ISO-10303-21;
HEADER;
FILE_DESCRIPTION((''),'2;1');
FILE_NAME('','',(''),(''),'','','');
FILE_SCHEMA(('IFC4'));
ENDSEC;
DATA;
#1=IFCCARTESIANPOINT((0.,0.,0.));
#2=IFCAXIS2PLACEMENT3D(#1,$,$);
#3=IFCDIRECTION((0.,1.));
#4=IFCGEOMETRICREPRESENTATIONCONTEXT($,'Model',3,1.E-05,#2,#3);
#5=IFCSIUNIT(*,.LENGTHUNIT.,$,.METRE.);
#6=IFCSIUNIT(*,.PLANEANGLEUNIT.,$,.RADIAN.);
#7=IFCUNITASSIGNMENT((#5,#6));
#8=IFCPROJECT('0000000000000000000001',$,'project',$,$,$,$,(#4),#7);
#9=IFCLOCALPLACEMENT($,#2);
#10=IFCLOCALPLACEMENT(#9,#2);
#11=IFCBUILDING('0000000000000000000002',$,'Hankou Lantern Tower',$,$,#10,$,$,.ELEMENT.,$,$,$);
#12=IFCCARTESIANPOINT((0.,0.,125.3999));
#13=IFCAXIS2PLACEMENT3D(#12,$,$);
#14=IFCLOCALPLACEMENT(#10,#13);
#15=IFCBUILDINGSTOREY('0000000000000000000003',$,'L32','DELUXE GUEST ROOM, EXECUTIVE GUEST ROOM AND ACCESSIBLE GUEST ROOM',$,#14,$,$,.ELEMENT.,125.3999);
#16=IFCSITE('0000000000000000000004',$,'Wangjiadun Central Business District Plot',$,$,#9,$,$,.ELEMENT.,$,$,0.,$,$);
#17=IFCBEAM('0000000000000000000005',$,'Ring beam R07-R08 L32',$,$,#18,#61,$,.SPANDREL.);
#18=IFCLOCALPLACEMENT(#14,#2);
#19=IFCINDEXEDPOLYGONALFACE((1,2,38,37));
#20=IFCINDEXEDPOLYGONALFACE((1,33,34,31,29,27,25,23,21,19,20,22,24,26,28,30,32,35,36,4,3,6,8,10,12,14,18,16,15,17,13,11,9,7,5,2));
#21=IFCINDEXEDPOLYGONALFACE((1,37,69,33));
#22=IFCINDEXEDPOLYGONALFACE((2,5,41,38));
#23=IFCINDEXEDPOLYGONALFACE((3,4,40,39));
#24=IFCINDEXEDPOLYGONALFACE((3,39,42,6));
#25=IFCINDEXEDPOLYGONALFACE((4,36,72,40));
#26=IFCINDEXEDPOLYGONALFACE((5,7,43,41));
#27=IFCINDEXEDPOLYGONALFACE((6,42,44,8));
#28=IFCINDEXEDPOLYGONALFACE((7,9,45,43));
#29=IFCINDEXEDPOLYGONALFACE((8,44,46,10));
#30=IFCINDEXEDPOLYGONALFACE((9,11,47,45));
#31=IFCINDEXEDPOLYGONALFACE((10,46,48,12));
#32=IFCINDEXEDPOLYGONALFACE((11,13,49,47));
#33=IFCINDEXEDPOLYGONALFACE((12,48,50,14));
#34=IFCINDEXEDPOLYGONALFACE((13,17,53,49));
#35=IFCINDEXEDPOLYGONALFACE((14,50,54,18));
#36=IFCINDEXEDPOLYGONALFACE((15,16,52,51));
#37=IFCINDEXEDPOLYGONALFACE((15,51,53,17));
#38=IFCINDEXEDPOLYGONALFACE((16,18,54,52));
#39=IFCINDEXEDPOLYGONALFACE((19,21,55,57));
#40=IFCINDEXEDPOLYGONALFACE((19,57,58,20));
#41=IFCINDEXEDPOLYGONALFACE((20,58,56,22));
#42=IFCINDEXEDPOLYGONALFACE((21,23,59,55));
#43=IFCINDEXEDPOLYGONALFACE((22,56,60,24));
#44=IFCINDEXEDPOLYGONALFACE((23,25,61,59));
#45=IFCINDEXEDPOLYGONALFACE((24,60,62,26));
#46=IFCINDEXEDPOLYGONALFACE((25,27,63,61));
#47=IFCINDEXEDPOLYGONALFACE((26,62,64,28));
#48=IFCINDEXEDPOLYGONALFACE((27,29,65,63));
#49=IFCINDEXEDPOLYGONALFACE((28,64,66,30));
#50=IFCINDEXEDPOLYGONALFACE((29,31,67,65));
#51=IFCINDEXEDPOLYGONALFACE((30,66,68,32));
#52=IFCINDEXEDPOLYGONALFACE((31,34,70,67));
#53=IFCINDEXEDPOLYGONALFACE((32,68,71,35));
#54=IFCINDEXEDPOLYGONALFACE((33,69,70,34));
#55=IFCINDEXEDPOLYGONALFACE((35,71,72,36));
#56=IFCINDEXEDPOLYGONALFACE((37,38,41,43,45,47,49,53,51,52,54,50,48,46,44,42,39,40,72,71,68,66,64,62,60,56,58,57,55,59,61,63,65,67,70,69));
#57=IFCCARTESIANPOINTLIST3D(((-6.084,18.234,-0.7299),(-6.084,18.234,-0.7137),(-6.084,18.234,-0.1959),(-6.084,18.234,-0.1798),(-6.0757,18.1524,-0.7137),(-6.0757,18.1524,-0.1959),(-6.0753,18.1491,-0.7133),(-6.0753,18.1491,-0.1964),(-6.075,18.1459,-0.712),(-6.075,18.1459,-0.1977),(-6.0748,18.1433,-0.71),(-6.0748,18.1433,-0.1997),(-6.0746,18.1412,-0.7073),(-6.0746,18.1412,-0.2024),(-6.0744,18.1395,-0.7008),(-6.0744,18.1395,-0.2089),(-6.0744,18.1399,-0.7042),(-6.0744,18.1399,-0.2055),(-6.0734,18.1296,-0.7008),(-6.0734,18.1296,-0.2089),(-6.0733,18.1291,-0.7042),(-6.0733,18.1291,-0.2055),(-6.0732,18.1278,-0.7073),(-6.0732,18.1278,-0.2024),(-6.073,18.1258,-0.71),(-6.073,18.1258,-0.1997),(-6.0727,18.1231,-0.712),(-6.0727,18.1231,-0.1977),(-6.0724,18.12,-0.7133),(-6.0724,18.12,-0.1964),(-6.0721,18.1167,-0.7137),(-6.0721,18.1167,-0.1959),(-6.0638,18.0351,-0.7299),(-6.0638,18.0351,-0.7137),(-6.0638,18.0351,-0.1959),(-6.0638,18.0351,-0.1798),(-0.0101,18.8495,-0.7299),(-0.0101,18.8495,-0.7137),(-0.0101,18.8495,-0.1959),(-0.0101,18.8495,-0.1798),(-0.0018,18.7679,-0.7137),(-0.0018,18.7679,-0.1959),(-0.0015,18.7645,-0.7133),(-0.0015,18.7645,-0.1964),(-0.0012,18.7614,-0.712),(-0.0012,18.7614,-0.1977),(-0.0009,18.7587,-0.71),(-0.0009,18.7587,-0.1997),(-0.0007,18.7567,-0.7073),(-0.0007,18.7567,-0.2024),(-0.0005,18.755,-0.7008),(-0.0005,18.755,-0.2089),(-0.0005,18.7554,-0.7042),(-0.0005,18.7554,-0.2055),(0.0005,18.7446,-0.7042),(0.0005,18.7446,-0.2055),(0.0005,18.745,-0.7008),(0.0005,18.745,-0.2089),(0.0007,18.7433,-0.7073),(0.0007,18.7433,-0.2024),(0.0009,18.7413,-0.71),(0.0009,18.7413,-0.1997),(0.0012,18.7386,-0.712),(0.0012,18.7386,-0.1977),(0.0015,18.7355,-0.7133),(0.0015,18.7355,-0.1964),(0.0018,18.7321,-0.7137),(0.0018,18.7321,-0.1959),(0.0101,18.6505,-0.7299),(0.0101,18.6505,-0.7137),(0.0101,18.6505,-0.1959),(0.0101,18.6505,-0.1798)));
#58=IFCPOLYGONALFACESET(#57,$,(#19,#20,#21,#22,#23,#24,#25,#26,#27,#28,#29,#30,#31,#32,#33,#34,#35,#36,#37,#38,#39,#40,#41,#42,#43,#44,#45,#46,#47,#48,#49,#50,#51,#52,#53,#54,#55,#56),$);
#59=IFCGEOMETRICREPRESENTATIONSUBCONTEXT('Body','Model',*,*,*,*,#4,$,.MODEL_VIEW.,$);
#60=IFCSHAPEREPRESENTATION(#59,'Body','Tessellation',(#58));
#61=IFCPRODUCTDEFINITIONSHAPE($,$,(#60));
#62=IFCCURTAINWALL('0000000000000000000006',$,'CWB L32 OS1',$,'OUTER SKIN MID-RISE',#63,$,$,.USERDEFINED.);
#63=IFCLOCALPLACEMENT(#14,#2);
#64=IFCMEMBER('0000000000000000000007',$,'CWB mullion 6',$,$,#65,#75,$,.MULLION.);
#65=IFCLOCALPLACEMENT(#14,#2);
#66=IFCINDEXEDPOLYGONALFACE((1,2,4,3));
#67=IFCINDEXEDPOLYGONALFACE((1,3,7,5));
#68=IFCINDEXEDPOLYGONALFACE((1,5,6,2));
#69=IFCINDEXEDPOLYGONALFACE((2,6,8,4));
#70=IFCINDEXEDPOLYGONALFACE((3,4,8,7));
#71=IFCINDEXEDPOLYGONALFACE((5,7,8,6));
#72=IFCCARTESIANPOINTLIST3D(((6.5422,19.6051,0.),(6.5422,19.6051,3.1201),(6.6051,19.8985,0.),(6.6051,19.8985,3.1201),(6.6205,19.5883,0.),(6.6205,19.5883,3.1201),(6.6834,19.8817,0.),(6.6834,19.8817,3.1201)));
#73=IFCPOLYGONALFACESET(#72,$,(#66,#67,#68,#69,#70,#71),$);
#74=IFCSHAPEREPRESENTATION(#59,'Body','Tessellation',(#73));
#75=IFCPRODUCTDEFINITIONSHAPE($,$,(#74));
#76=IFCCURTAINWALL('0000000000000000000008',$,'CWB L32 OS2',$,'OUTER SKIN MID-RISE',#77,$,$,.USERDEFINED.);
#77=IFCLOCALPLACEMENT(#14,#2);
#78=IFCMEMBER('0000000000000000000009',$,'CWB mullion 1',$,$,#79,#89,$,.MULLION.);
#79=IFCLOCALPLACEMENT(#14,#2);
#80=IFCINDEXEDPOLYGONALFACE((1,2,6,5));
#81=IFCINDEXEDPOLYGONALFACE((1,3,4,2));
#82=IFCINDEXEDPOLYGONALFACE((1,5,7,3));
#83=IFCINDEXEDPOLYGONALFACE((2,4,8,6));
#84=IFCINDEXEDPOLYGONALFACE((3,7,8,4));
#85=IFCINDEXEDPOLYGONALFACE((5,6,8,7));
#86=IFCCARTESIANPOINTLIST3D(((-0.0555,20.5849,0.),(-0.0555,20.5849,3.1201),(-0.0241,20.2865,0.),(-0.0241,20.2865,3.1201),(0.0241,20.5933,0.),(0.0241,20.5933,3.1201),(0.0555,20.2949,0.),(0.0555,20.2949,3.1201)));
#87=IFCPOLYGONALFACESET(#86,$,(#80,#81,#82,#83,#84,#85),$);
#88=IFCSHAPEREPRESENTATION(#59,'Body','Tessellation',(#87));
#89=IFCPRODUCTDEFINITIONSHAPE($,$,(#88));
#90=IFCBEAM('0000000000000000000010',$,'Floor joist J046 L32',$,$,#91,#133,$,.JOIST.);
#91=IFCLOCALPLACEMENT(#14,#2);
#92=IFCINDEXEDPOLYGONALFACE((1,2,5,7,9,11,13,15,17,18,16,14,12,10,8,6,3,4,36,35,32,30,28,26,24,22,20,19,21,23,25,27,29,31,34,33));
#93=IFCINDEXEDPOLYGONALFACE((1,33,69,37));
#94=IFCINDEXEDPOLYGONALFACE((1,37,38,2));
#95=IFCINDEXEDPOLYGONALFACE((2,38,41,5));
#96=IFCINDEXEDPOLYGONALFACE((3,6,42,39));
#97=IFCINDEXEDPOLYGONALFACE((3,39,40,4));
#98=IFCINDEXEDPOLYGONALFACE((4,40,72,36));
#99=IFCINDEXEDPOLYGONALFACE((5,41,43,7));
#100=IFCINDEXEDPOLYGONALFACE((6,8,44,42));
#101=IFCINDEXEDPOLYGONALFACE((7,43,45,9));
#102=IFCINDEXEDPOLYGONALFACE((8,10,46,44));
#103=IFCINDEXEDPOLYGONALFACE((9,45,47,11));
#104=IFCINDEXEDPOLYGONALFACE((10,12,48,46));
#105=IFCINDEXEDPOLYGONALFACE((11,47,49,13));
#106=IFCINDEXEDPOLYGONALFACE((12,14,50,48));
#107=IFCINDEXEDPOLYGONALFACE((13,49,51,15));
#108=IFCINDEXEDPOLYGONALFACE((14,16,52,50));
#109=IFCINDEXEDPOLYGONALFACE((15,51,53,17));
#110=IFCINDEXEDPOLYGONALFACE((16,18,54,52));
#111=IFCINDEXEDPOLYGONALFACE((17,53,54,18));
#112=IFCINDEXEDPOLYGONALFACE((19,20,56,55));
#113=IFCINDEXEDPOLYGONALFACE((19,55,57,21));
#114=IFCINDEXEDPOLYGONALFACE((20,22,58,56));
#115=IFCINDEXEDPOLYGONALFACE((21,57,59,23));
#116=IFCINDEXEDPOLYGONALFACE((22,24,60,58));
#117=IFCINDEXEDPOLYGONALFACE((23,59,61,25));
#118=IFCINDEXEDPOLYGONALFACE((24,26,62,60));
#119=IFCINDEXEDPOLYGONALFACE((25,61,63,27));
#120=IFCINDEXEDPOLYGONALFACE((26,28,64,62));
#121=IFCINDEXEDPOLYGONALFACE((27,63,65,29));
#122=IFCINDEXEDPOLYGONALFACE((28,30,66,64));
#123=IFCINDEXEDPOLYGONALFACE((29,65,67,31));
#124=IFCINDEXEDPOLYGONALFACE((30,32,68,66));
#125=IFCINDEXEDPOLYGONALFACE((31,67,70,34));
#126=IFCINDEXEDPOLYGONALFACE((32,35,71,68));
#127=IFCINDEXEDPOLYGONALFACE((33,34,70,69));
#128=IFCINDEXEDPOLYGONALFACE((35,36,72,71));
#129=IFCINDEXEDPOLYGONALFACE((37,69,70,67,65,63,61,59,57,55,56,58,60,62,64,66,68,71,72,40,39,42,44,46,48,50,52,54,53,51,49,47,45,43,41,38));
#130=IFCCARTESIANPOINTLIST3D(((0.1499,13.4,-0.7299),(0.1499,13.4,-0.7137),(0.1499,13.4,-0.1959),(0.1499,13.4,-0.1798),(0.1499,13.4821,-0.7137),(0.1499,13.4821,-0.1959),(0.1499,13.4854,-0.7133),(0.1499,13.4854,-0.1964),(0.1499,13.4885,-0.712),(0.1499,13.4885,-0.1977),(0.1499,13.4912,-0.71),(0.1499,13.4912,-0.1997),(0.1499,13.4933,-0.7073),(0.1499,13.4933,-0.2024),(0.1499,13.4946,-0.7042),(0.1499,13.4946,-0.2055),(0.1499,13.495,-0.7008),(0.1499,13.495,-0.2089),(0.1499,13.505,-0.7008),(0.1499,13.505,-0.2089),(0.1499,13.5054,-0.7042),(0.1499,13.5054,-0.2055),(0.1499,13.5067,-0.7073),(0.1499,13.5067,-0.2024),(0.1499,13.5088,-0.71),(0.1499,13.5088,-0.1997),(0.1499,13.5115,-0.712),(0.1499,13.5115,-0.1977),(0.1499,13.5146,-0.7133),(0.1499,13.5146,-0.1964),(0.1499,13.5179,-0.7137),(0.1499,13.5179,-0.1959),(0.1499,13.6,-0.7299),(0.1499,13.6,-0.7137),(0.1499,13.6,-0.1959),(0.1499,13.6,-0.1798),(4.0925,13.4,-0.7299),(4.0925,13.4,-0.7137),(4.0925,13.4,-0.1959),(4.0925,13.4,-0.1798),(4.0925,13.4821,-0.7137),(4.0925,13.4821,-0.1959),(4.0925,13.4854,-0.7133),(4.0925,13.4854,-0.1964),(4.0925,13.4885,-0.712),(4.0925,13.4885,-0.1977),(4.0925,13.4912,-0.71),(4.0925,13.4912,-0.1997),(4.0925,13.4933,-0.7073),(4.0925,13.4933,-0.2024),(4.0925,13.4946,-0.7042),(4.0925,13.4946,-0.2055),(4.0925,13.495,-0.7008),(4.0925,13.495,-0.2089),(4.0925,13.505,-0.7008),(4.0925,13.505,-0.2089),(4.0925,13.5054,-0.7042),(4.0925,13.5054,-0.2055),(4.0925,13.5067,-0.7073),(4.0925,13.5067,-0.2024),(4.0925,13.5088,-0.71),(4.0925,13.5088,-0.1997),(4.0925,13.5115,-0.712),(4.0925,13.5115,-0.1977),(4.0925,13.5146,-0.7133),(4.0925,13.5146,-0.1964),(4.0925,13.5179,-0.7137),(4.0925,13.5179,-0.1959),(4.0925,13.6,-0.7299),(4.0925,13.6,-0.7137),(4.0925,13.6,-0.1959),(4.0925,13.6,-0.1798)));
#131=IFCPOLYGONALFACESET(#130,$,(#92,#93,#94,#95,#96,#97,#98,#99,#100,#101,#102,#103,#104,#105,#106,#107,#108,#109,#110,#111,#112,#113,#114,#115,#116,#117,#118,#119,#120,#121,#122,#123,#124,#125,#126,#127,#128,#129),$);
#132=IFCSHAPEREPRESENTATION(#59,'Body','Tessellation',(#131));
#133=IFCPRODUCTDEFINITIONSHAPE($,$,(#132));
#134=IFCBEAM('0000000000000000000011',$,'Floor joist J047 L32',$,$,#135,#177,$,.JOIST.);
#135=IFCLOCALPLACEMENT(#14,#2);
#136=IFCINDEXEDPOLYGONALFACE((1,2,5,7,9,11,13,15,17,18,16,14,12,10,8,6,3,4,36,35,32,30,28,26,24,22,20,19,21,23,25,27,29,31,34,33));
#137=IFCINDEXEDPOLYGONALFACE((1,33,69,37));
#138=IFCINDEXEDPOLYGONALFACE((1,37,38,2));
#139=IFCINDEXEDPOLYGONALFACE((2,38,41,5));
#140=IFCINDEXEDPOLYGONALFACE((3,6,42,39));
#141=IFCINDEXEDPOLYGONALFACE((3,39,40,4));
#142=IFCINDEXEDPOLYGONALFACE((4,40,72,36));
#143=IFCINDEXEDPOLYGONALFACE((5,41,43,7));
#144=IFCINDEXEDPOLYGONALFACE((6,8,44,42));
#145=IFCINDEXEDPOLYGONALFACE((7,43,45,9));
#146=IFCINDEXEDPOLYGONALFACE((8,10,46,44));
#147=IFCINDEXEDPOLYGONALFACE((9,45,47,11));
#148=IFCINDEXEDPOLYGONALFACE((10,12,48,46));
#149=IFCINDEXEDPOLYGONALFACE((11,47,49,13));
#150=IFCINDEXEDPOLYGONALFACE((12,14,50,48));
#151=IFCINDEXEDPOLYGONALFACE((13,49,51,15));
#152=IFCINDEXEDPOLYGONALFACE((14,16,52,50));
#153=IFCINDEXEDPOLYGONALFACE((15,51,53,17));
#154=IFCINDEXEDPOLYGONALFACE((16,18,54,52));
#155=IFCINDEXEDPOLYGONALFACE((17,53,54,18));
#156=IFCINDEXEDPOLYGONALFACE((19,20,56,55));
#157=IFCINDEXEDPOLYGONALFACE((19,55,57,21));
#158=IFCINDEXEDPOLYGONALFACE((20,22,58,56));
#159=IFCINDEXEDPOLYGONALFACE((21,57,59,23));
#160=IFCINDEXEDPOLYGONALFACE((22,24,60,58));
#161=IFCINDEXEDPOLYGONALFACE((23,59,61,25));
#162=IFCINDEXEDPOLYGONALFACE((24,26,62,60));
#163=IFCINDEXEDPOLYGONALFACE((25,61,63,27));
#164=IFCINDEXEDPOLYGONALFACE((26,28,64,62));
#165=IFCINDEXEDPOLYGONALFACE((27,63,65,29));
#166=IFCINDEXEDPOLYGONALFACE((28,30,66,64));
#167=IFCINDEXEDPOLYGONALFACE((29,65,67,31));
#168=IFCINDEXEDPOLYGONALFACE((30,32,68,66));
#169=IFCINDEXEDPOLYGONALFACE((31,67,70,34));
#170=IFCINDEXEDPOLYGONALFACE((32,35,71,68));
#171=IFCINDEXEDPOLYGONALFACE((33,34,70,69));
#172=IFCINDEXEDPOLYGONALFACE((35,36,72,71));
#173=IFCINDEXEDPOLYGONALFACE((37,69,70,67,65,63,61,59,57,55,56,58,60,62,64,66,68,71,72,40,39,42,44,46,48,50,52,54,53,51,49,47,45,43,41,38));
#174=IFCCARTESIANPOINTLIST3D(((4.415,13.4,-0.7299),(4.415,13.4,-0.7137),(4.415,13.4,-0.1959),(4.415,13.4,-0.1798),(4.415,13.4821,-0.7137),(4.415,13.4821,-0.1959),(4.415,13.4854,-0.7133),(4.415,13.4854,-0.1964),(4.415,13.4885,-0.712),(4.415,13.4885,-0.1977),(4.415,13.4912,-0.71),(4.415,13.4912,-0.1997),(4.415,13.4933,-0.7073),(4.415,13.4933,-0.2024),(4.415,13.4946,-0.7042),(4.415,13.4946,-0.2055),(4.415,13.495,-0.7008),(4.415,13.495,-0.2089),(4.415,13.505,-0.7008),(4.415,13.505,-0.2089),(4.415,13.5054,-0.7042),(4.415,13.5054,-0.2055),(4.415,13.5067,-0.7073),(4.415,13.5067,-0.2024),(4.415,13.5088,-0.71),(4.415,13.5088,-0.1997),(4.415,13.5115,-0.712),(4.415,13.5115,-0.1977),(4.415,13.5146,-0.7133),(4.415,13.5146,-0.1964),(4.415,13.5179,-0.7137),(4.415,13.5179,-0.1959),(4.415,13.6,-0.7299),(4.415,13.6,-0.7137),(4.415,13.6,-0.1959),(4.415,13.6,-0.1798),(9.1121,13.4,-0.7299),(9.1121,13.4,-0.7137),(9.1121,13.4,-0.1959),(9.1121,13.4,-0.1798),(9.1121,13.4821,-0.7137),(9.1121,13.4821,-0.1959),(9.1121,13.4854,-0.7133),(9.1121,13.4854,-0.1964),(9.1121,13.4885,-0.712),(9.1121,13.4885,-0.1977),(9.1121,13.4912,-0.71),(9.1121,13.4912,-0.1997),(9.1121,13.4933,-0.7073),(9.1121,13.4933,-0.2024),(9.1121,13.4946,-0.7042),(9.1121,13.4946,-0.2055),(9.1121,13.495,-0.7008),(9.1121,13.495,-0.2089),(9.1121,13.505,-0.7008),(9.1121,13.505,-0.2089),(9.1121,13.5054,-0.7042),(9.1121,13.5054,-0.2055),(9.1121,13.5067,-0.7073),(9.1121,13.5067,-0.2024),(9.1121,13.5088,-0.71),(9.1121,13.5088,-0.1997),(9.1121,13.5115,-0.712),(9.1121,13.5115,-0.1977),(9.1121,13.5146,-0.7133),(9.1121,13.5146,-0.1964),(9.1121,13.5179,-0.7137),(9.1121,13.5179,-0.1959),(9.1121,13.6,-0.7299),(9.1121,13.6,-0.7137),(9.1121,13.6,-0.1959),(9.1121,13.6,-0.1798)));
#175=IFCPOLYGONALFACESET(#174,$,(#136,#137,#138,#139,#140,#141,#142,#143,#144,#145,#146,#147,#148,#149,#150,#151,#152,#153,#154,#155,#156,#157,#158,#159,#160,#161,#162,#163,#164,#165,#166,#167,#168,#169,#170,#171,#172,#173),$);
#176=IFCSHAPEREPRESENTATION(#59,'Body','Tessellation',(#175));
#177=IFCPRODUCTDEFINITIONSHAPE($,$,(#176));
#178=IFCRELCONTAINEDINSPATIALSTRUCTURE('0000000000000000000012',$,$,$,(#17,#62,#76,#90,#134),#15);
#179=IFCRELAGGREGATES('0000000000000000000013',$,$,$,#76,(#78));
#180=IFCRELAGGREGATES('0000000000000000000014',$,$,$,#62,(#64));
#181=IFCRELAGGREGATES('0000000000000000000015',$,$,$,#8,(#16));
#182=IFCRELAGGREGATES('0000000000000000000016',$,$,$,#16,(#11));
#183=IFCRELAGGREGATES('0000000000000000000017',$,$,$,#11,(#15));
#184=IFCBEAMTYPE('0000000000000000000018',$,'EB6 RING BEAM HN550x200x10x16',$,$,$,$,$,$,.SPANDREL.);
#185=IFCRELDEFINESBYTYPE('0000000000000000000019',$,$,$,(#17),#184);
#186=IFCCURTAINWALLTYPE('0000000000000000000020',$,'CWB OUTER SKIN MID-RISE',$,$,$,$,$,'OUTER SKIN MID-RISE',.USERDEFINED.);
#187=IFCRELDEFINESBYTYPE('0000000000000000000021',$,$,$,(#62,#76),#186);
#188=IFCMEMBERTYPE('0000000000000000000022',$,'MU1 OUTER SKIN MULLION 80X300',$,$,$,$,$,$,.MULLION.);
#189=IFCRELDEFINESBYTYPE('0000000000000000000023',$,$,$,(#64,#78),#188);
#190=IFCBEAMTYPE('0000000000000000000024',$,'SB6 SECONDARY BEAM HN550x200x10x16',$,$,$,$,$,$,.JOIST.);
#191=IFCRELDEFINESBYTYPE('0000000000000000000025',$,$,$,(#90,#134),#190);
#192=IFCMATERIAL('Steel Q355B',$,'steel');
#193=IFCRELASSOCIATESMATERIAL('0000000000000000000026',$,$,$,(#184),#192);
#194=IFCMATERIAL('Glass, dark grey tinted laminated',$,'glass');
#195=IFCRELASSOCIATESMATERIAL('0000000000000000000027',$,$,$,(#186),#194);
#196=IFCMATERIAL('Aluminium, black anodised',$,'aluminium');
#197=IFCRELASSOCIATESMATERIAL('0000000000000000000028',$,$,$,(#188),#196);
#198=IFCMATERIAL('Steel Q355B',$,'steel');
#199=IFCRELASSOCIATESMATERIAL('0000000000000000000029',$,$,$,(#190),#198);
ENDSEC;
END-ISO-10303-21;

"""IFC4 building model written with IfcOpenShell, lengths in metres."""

from ifc_helpers import new_model, si_unit, direction, frame, origin, origin_2d, place, context, subcontext, project, spatial, rectangle, i_section, extrude, material, material_profile, profile_set, type_object, element, aggregate, save


model = new_model("IFC4")

# Units and contexts
model_context = context("Model", 3, precision=1e-05, world=origin(), true_north=direction((0.0, 1.0)))
body_context = subcontext(model_context, "Body", "Model", "MODEL_VIEW")
ifc_project = project(units=[si_unit("LENGTHUNIT", "METRE"), si_unit("PLANEANGLEUNIT", "RADIAN")], contexts=[model_context])

# Site, building, storey
site_placement = place(None, origin())
site = spatial("IfcSite", under=ifc_project, at=site_placement, Name="Wangjiadun Central Business District Plot", CompositionType="ELEMENT", RefElevation=0.0)
building_placement = place(site_placement, origin())
building = spatial("IfcBuilding", under=site, at=building_placement, Name="Hankou Lantern Tower", CompositionType="ELEMENT")
storey_placement = place(building_placement, frame((0.0, 0.0, 125.3999)))
storey = spatial("IfcBuildingStorey", under=building, at=storey_placement, Name="L32", Description="DELUXE GUEST ROOM, EXECUTIVE GUEST ROOM AND ACCESSIBLE GUEST ROOM", CompositionType="ELEMENT", Elevation=125.3999)

# Beam
ifc_material_1 = material(Name="Steel Q355B", Category="steel")
ifc_material_profile_1 = material_profile(ifc_material_1, i_section(OverallWidth=0.2, OverallDepth=0.55, WebThickness=0.01, FlangeThickness=0.0161, FilletRadius=0.0129, at=origin_2d()), Name="HN550x200x10x16")
ifc_profile_set_1 = profile_set([ifc_material_profile_1], Name="Steel Q355B")
beam_type_1 = type_object("IfcBeamType", Name="EB6 RING BEAM HN550x200x10x16", PredefinedType="SPANDREL", material=ifc_profile_set_1)
for number, where, z_axis, x_axis, name in (
    (1, (0.0, 18.75, -0.4548), (-0.994905, -0.100814, 0.0), (0.100814, -0.994905, 0.0), "Ring beam R07-R08 L32"),
):
    element("IfcBeam", number, at=place(storey_placement, frame(where, z_axis=z_axis, x_axis=x_axis)), inside=storey, type_object=beam_type_1, Name=name, PredefinedType="SPANDREL", context=body_context, shape_type="SweptSolid", body=[
        extrude(i_section(OverallWidth=0.2, OverallDepth=0.55, WebThickness=0.01, FlangeThickness=0.0161, FilletRadius=0.0129, at=origin_2d()), origin(), (0.0, 0.0, 1.0), 6.105),
    ])

# Curtain walls, members
ifc_material_2 = material(Name="Glass, dark grey tinted laminated", Category="glass")
curtain_wall_type = type_object("IfcCurtainWallType", Name="CWB OUTER SKIN MID-RISE", ElementType="OUTER SKIN MID-RISE", PredefinedType="USERDEFINED", material=ifc_material_2)
curtain_wall_1_placement = place(storey_placement, origin())
curtain_wall_1 = element("IfcCurtainWall", 2, at=curtain_wall_1_placement, inside=storey, type_object=curtain_wall_type, Name="CWB L32 OS1", ObjectType="OUTER SKIN MID-RISE", PredefinedType="USERDEFINED")
ifc_material_3 = material(Name="Aluminium, black anodised", Category="aluminium")
ifc_material_profile_2 = material_profile(ifc_material_3, rectangle(XDim=0.0801, YDim=0.3, at=origin_2d()), Name="MU1 80X300")
ifc_profile_set_2 = profile_set([ifc_material_profile_2], Name="Aluminium, black anodised")
member_type_1 = type_object("IfcMemberType", Name="MU1 OUTER SKIN MULLION 80X300", PredefinedType="MULLION", material=ifc_profile_set_2)
member_1_placement = place(storey_placement, frame((6.6128, 19.7434, 0.0), z_axis=(0.0, 0.0, 1.0), x_axis=(-0.977788, 0.209598, 0.0)))
member_1 = element("IfcMember", 3, at=member_1_placement, type_object=member_type_1, Name="CWB mullion 6", PredefinedType="MULLION", context=body_context, shape_type="SweptSolid", body=[
    extrude(rectangle(XDim=0.0801, YDim=0.3, at=origin_2d()), origin(), (0.0, 0.0, 1.0), 3.1201),
])
curtain_wall_2_placement = place(storey_placement, origin())
curtain_wall_2 = element("IfcCurtainWall", 4, at=curtain_wall_2_placement, inside=storey, type_object=curtain_wall_type, Name="CWB L32 OS2", ObjectType="OUTER SKIN MID-RISE", PredefinedType="USERDEFINED")
member_2_placement = place(storey_placement, frame((0.0, 20.4399, 0.0), z_axis=(0.0, 0.0, 1.0), x_axis=(-0.994499, -0.104743, 0.0)))
member_2 = element("IfcMember", 5, at=member_2_placement, type_object=member_type_1, Name="CWB mullion 1", PredefinedType="MULLION", context=body_context, shape_type="SweptSolid", body=[
    extrude(rectangle(XDim=0.0801, YDim=0.3, at=origin_2d()), origin(), (0.0, 0.0, 1.0), 3.1201),
])
aggregate(curtain_wall_2, [member_2])

# Beams
ifc_material_4 = material(Name="Steel Q355B", Category="steel")
ifc_material_profile_3 = material_profile(ifc_material_4, i_section(OverallWidth=0.2, OverallDepth=0.55, WebThickness=0.01, FlangeThickness=0.0161, FilletRadius=0.0129, at=origin_2d()), Name="HN550x200x10x16")
ifc_profile_set_3 = profile_set([ifc_material_profile_3], Name="Steel Q355B")
beam_type_2 = type_object("IfcBeamType", Name="SB6 SECONDARY BEAM HN550x200x10x16", PredefinedType="JOIST", material=ifc_profile_set_3)
beam_1_placement = place(storey_placement, frame((0.1499, 13.5, -0.4548), z_axis=(1.0, 0.0, 0.0), x_axis=(0.0, 1.0, 0.0)))
element("IfcBeam", 6, at=beam_1_placement, inside=storey, type_object=beam_type_2, Name="Floor joist J046 L32", PredefinedType="JOIST", context=body_context, shape_type="SweptSolid", body=[
    extrude(i_section(OverallWidth=0.2, OverallDepth=0.55, WebThickness=0.01, FlangeThickness=0.0161, FilletRadius=0.0129, at=origin_2d()), origin(), (0.0, 0.0, 1.0), 3.9426),
])
beam_2_placement = place(storey_placement, frame((4.415, 13.5, -0.4548), z_axis=(1.0, 0.0, 0.0), x_axis=(0.0, 1.0, 0.0)))
element("IfcBeam", 7, at=beam_2_placement, inside=storey, type_object=beam_type_2, Name="Floor joist J047 L32", PredefinedType="JOIST", context=body_context, shape_type="SweptSolid", body=[
    extrude(i_section(OverallWidth=0.2, OverallDepth=0.55, WebThickness=0.01, FlangeThickness=0.0161, FilletRadius=0.0129, at=origin_2d()), origin(), (0.0, 0.0, 1.0), 4.697),
])

aggregate(curtain_wall_1, [member_1])

save(model, "model.ifc")
